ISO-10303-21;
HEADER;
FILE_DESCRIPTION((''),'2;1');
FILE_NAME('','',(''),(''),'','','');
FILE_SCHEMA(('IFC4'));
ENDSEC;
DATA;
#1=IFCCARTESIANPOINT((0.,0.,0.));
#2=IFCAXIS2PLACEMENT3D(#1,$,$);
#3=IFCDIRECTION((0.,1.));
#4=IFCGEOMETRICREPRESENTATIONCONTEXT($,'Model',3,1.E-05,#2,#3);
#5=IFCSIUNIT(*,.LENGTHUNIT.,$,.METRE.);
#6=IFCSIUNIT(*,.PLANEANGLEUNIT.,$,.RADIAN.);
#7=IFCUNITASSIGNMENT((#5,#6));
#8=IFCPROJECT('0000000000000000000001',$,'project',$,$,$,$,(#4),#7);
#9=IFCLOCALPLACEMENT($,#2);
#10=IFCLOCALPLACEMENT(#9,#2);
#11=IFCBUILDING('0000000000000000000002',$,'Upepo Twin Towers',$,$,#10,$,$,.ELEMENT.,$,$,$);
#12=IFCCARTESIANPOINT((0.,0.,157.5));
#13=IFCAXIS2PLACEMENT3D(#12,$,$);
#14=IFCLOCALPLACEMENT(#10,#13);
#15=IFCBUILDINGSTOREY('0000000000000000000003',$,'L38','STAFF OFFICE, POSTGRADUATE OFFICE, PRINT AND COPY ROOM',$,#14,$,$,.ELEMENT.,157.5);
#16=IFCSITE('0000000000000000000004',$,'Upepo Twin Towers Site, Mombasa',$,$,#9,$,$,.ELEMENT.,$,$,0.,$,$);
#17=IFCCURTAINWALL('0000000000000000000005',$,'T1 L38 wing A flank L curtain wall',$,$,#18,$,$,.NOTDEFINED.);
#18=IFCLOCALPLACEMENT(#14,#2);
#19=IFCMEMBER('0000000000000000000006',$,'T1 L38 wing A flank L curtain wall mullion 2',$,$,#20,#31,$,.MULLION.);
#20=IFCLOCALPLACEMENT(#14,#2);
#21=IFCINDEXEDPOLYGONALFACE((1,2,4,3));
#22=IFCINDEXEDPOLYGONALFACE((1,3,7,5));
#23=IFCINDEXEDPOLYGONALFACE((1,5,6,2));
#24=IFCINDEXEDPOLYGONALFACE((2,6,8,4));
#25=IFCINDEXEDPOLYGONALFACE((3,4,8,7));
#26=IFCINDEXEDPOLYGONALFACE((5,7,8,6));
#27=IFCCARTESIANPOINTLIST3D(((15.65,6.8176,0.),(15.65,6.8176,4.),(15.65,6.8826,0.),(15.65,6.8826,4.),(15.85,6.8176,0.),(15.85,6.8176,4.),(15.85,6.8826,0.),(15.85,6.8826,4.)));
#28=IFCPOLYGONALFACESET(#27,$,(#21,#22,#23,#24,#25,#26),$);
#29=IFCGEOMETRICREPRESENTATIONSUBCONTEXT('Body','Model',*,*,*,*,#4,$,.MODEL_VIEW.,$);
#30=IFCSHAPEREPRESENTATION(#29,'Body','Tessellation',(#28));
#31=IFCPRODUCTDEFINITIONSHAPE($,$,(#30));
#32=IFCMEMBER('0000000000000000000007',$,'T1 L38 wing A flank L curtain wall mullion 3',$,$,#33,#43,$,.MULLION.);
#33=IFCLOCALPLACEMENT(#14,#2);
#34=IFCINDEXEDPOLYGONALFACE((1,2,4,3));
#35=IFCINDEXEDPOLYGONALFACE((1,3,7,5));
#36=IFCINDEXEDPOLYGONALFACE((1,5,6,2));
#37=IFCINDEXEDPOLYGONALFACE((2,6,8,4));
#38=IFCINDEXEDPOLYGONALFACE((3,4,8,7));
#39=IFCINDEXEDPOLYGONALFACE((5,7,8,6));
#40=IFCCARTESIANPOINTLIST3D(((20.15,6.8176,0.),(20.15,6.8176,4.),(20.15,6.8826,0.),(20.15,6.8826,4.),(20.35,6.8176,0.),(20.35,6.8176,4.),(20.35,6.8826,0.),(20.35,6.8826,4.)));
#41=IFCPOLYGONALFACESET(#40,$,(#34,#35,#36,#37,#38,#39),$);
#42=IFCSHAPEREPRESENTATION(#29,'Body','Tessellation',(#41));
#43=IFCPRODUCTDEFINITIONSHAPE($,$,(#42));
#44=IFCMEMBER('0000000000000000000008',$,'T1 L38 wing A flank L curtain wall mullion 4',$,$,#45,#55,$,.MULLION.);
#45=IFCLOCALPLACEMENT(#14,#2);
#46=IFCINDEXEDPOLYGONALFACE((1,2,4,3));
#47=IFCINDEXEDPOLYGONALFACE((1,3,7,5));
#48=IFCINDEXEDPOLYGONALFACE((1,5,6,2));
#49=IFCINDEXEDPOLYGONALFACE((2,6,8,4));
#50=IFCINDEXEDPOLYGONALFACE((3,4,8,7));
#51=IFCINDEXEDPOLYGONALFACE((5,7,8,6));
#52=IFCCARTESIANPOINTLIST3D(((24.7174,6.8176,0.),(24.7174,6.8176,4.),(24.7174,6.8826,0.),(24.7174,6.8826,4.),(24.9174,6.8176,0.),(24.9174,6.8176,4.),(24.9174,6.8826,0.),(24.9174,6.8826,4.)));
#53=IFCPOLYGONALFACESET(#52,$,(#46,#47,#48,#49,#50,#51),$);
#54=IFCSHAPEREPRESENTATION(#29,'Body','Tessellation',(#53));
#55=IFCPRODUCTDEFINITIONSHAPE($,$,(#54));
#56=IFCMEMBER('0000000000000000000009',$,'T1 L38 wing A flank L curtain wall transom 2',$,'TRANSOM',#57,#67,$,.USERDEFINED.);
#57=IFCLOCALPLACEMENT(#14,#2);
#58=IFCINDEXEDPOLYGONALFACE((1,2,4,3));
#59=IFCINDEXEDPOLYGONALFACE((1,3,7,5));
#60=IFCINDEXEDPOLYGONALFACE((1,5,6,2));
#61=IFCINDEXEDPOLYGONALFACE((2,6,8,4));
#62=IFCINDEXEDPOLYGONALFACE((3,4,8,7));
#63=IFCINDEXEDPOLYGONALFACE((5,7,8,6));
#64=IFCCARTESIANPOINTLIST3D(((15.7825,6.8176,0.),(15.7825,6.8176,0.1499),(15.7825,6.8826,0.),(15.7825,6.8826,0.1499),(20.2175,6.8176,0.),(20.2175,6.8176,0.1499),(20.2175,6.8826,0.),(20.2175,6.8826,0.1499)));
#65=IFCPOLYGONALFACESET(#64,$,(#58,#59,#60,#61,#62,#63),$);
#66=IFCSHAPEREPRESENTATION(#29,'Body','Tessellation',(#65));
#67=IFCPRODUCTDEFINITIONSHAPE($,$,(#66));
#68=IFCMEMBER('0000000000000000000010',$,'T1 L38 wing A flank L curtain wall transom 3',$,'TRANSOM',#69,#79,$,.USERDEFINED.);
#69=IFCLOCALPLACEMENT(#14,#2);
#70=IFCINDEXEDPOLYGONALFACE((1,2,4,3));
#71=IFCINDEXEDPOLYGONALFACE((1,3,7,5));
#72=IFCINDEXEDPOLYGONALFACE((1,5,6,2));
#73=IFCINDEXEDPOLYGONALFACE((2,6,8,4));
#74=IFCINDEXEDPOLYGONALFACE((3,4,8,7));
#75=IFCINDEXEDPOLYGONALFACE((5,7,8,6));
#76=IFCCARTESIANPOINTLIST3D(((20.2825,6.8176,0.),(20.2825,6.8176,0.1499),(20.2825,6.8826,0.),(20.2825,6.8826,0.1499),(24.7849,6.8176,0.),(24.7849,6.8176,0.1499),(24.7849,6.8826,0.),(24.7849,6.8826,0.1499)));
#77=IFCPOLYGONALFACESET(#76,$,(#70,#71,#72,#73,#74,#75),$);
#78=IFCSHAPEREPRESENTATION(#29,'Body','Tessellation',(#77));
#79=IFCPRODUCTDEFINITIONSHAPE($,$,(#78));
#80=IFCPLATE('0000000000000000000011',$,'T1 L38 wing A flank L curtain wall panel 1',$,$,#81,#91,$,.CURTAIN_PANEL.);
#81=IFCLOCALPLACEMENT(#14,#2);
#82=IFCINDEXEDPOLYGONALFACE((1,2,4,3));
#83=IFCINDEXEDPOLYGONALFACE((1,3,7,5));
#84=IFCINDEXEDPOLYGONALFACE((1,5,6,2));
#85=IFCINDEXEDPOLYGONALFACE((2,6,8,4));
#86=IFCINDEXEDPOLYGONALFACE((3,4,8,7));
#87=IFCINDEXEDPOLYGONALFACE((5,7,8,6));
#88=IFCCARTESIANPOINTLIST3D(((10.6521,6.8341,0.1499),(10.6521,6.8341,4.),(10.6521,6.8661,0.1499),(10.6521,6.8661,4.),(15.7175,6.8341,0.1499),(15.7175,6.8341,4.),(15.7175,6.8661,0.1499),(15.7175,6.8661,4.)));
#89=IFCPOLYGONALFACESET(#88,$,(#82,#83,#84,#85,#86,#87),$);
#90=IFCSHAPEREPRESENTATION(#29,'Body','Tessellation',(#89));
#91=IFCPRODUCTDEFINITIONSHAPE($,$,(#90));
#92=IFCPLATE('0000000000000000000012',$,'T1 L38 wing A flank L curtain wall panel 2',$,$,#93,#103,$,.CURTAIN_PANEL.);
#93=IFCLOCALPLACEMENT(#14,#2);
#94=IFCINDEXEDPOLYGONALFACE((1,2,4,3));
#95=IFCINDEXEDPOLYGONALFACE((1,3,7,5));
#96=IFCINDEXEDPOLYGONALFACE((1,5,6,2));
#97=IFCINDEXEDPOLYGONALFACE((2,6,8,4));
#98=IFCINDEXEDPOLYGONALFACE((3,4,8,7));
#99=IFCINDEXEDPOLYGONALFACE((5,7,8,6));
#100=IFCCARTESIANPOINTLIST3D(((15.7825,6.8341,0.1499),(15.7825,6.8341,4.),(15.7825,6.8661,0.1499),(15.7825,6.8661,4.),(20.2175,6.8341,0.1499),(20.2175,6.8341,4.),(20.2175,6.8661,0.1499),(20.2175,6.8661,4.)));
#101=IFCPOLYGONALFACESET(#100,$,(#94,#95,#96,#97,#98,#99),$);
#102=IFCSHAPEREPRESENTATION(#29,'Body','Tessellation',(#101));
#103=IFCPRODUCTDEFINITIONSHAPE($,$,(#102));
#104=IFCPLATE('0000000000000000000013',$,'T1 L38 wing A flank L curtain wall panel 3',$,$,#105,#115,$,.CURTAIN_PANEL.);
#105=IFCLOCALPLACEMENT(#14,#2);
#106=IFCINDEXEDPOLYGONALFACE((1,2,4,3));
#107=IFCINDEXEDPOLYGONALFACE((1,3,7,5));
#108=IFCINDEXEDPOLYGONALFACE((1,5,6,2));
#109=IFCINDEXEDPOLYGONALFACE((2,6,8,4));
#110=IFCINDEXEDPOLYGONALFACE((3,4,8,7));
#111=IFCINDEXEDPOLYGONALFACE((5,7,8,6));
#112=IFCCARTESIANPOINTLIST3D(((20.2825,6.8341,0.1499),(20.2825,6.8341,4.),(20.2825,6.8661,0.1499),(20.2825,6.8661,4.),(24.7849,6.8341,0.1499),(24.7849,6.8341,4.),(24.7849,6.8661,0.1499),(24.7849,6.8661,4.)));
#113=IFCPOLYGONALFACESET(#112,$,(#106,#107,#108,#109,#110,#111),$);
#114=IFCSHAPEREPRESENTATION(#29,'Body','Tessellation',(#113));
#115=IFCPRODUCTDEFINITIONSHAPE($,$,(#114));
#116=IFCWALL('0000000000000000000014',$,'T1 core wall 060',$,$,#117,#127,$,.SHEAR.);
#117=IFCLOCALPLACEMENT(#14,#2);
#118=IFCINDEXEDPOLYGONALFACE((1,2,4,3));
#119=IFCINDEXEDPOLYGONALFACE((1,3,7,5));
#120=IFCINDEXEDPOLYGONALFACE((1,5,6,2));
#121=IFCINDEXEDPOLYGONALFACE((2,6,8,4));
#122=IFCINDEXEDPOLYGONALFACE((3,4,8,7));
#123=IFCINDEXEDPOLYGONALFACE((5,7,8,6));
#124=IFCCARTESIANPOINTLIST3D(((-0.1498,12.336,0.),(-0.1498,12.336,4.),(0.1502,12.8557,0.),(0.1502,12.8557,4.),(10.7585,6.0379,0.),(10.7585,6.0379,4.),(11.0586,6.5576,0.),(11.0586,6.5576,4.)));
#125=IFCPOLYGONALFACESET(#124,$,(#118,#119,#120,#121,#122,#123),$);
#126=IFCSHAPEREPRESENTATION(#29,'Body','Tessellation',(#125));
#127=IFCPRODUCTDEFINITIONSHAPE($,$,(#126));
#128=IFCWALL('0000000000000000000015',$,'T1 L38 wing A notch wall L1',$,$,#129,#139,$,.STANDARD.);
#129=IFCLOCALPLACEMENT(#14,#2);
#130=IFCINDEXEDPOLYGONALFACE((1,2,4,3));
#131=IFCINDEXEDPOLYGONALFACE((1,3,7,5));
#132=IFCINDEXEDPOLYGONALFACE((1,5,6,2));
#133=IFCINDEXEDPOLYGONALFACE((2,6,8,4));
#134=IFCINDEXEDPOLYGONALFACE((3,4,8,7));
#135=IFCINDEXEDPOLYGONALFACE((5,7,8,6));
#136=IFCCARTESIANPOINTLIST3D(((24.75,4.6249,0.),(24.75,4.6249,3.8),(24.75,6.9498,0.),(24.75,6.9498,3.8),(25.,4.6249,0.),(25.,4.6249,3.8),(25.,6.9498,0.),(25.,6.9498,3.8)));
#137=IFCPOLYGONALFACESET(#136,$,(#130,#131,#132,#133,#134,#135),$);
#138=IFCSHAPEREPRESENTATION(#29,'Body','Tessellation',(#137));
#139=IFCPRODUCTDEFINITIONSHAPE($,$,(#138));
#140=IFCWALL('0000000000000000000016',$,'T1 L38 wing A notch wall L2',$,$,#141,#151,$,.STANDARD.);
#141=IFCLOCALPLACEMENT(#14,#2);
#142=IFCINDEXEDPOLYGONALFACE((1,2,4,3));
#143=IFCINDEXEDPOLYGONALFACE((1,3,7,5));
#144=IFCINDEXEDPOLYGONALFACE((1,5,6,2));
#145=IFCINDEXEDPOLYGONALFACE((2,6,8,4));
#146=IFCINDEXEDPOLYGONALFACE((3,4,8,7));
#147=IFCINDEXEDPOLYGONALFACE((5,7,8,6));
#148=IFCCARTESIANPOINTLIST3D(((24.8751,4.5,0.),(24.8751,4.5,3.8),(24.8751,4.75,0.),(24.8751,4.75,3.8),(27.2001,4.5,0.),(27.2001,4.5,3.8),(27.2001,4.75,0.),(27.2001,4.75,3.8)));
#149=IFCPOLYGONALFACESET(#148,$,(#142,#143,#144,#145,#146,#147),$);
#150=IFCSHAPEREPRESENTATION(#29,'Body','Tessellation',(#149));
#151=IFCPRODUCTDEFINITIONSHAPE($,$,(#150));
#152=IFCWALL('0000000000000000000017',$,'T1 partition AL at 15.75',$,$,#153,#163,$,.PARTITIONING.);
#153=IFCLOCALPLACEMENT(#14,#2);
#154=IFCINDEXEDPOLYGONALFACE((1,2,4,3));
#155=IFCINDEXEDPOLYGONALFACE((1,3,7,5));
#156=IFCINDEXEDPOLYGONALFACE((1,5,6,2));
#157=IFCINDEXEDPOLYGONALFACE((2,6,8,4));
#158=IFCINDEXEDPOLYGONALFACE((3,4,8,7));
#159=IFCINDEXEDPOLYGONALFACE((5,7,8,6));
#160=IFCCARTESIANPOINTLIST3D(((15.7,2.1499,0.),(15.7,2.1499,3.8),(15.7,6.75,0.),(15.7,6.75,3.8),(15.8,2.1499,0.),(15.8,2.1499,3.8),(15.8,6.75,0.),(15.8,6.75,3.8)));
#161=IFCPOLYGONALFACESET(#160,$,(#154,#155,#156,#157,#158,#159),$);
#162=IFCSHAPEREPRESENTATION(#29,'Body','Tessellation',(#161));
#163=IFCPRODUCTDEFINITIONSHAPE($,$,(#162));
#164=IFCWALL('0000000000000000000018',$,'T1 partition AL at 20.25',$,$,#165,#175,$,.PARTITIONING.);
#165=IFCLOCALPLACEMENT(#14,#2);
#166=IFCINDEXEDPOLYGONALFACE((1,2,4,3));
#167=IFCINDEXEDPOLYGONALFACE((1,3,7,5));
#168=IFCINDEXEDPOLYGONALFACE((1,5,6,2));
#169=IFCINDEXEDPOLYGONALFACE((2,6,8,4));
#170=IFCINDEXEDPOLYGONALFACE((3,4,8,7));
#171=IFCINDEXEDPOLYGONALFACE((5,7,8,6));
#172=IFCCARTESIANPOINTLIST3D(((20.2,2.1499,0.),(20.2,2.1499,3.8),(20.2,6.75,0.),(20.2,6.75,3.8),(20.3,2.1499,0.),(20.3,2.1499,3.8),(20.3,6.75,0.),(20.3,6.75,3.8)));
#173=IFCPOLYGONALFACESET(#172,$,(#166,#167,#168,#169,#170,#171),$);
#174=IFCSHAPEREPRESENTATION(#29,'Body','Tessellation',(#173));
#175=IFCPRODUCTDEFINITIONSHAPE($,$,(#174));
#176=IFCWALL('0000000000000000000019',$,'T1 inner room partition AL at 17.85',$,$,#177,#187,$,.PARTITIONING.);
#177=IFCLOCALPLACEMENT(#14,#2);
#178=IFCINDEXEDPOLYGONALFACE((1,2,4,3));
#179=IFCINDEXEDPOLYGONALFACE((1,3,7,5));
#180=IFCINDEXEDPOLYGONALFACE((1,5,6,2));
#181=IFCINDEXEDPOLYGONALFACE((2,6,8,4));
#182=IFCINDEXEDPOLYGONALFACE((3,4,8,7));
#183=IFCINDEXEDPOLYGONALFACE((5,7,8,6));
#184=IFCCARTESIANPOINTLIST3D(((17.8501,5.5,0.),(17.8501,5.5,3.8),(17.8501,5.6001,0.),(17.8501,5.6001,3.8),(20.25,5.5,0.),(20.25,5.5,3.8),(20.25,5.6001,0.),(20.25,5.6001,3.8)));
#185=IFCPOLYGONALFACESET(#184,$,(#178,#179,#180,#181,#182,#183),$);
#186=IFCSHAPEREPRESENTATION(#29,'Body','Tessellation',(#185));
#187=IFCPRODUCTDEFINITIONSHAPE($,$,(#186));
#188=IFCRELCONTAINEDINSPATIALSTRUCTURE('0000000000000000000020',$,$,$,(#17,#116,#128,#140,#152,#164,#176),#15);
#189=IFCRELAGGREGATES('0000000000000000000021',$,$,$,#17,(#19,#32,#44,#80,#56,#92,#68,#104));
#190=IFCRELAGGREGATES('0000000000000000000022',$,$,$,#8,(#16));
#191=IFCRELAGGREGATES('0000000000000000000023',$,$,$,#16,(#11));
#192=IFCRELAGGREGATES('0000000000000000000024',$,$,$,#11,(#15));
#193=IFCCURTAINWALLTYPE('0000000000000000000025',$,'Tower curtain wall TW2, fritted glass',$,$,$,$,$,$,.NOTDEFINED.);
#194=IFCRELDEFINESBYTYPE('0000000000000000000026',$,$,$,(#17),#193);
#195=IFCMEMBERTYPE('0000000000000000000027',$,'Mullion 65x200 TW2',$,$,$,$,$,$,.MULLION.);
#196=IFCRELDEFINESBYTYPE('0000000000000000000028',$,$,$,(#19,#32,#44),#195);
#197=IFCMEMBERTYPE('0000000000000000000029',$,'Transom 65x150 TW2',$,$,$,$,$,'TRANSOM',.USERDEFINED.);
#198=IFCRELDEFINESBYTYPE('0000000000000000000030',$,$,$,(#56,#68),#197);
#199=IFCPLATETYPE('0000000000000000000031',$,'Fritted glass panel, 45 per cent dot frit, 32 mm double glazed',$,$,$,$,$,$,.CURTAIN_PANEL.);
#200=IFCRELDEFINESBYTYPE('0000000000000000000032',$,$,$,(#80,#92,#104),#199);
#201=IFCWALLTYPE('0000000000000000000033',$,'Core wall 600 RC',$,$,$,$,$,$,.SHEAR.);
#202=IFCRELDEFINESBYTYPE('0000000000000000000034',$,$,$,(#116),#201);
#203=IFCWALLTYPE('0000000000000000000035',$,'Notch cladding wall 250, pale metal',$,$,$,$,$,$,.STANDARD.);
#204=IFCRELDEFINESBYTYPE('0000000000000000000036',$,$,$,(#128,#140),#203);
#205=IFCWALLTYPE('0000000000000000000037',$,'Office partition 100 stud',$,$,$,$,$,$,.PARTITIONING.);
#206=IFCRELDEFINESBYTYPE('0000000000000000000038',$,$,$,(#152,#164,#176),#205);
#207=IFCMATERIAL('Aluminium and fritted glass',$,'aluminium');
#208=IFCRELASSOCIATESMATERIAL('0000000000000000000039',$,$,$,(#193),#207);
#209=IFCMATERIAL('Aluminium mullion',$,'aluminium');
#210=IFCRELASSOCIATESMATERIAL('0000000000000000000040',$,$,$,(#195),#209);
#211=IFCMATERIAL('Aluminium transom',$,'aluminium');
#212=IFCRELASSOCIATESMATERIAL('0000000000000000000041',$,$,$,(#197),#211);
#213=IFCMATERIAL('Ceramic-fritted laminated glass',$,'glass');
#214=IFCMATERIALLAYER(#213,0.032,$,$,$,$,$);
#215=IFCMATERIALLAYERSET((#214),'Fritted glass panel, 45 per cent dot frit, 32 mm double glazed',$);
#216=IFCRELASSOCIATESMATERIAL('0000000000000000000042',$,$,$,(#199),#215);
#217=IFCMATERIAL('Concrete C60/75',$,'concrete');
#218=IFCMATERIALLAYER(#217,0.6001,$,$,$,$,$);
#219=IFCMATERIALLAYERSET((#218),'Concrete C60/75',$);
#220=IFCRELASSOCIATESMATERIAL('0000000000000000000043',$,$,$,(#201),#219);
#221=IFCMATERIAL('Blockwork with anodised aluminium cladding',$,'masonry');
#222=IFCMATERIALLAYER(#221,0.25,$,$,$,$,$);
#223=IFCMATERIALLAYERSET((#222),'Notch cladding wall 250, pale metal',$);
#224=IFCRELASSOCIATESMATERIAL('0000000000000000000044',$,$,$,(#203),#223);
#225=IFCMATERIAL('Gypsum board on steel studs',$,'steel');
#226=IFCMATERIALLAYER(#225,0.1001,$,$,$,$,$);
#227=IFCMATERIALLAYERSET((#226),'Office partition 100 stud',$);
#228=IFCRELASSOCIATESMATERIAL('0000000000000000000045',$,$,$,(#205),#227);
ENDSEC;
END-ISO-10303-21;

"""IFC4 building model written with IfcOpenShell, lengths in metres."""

from ifc_helpers import new_model, si_unit, direction, frame, frame_2d, origin, origin_2d, place, context, subcontext, project, spatial, rectangle, extrude, material, layer, layer_set, material_profile, profile_set, type_object, element, aggregate, save


model = new_model("IFC4")

# Units and contexts
model_context = context("Model", 3, precision=1e-05, world=origin(), true_north=direction((0.0, 1.0)))
body_context = subcontext(model_context, "Body", "Model", "MODEL_VIEW")
ifc_project = project(units=[si_unit("LENGTHUNIT", "METRE"), si_unit("PLANEANGLEUNIT", "RADIAN")], contexts=[model_context])

# Site, building, storey
site_placement = place(None, origin())
site = spatial("IfcSite", under=ifc_project, at=site_placement, Name="Upepo Twin Towers Site, Mombasa", CompositionType="ELEMENT", RefElevation=0.0)
building_placement = place(site_placement, origin())
building = spatial("IfcBuilding", under=site, at=building_placement, Name="Upepo Twin Towers", CompositionType="ELEMENT")
storey_placement = place(building_placement, frame((0.0, 0.0, 157.5)))
storey = spatial("IfcBuildingStorey", under=building, at=storey_placement, Name="L38", Description="STAFF OFFICE, POSTGRADUATE OFFICE, PRINT AND COPY ROOM", CompositionType="ELEMENT", Elevation=157.5)

# Curtain wall, members, plates
ifc_material_1 = material(Name="Aluminium and fritted glass", Category="aluminium")
curtain_wall_type = type_object("IfcCurtainWallType", Name="Tower curtain wall TW2, fritted glass", PredefinedType="NOTDEFINED", material=ifc_material_1)
curtain_wall_placement = place(storey_placement, origin())
curtain_wall = element("IfcCurtainWall", 1, at=curtain_wall_placement, inside=storey, type_object=curtain_wall_type, Name="T1 L38 wing A flank L curtain wall", PredefinedType="NOTDEFINED")
ifc_material_2 = material(Name="Aluminium mullion", Category="aluminium")
ifc_material_profile_1 = material_profile(ifc_material_2, rectangle(XDim=0.0649, YDim=0.2, at=origin_2d()), Name="MULLION 65x200")
ifc_profile_set_1 = profile_set([ifc_material_profile_1], Name="Aluminium mullion")
member_type_1 = type_object("IfcMemberType", Name="Mullion 65x200 TW2", PredefinedType="MULLION", material=ifc_profile_set_1)
member_1_placement = place(storey_placement, frame((15.75, 6.8501, 0.0), z_axis=(0.0, 0.0, 1.0), x_axis=(0.0, 1.0, 0.0)))
member_1 = element("IfcMember", 2, at=member_1_placement, type_object=member_type_1, Name="T1 L38 wing A flank L curtain wall mullion 2", PredefinedType="MULLION", context=body_context, shape_type="SweptSolid", body=[
    extrude(rectangle(XDim=0.0649, YDim=0.2, at=origin_2d()), origin(), (0.0, 0.0, 1.0), 4.0),
])
member_2_placement = place(storey_placement, frame((20.25, 6.8501, 0.0), z_axis=(0.0, 0.0, 1.0), x_axis=(0.0, 1.0, 0.0)))
member_2 = element("IfcMember", 3, at=member_2_placement, type_object=member_type_1, Name="T1 L38 wing A flank L curtain wall mullion 3", PredefinedType="MULLION", context=body_context, shape_type="SweptSolid", body=[
    extrude(rectangle(XDim=0.0649, YDim=0.2, at=origin_2d()), origin(), (0.0, 0.0, 1.0), 4.0),
])
member_3_placement = place(storey_placement, frame((24.8174, 6.8501, 0.0), z_axis=(0.0, 0.0, 1.0), x_axis=(0.0, 1.0, 0.0)))
member_3 = element("IfcMember", 4, at=member_3_placement, type_object=member_type_1, Name="T1 L38 wing A flank L curtain wall mullion 4", PredefinedType="MULLION", context=body_context, shape_type="SweptSolid", body=[
    extrude(rectangle(XDim=0.0649, YDim=0.2, at=origin_2d()), origin(), (0.0, 0.0, 1.0), 4.0),
])
ifc_material_3 = material(Name="Aluminium transom", Category="aluminium")
ifc_material_profile_2 = material_profile(ifc_material_3, rectangle(XDim=0.0649, YDim=0.1499, at=origin_2d()), Name="TRANSOM 65x150")
ifc_profile_set_2 = profile_set([ifc_material_profile_2], Name="Aluminium transom")
member_type_2 = type_object("IfcMemberType", Name="Transom 65x150 TW2", ElementType="TRANSOM", PredefinedType="USERDEFINED", material=ifc_profile_set_2)
member_4_placement = place(storey_placement, frame((15.7825, 6.8501, 0.075), z_axis=(1.0, 0.0, 0.0), x_axis=(0.0, 1.0, 0.0)))
member_4 = element("IfcMember", 5, at=member_4_placement, type_object=member_type_2, Name="T1 L38 wing A flank L curtain wall transom 2", ObjectType="TRANSOM", PredefinedType="USERDEFINED", context=body_context, shape_type="SweptSolid", body=[
    extrude(rectangle(XDim=0.0649, YDim=0.1499, at=origin_2d()), origin(), (0.0, 0.0, 1.0), 4.4351),
])
member_5_placement = place(storey_placement, frame((20.2825, 6.8501, 0.075), z_axis=(1.0, 0.0, 0.0), x_axis=(0.0, 1.0, 0.0)))
member_5 = element("IfcMember", 6, at=member_5_placement, type_object=member_type_2, Name="T1 L38 wing A flank L curtain wall transom 3", ObjectType="TRANSOM", PredefinedType="USERDEFINED", context=body_context, shape_type="SweptSolid", body=[
    extrude(rectangle(XDim=0.0649, YDim=0.1499, at=origin_2d()), origin(), (0.0, 0.0, 1.0), 4.5024),
])
ifc_material_4 = material(Name="Ceramic-fritted laminated glass", Category="glass")
ifc_layer_1 = layer(ifc_material_4, 0.032)
ifc_layer_set_1 = layer_set([ifc_layer_1], Name="Fritted glass panel, 45 per cent dot frit, 32 mm double glazed")
plate_type = type_object("IfcPlateType", Name="Fritted glass panel, 45 per cent dot frit, 32 mm double glazed", PredefinedType="CURTAIN_PANEL", material=ifc_layer_set_1)
plate_1_placement = place(storey_placement, frame((13.1848, 6.8501, 0.1499), z_axis=(0.0, 0.0, 1.0), x_axis=(1.0, 0.0, 0.0)))
plate_1 = element("IfcPlate", 7, at=plate_1_placement, type_object=plate_type, Name="T1 L38 wing A flank L curtain wall panel 1", PredefinedType="CURTAIN_PANEL", context=body_context, shape_type="SweptSolid", body=[
    extrude(rectangle(XDim=5.0654, YDim=0.032, at=origin_2d()), origin(), (0.0, 0.0, 1.0), 3.8501),
])
plate_2_placement = place(storey_placement, frame((18.0, 6.8501, 0.1499), z_axis=(0.0, 0.0, 1.0), x_axis=(1.0, 0.0, 0.0)))
plate_2 = element("IfcPlate", 8, at=plate_2_placement, type_object=plate_type, Name="T1 L38 wing A flank L curtain wall panel 2", PredefinedType="CURTAIN_PANEL", context=body_context, shape_type="SweptSolid", body=[
    extrude(rectangle(XDim=4.4351, YDim=0.032, at=origin_2d()), origin(), (0.0, 0.0, 1.0), 3.8501),
])
plate_3_placement = place(storey_placement, frame((22.5337, 6.8501, 0.1499), z_axis=(0.0, 0.0, 1.0), x_axis=(1.0, 0.0, 0.0)))
plate_3 = element("IfcPlate", 9, at=plate_3_placement, type_object=plate_type, Name="T1 L38 wing A flank L curtain wall panel 3", PredefinedType="CURTAIN_PANEL", context=body_context, shape_type="SweptSolid", body=[
    extrude(rectangle(XDim=4.5024, YDim=0.032, at=origin_2d()), origin(), (0.0, 0.0, 1.0), 3.8501),
])
aggregate(curtain_wall, [member_1, member_2, member_3, plate_1, member_4, plate_2, member_5, plate_3])

# Walls
ifc_material_5 = material(Name="Concrete C60/75", Category="concrete")
ifc_layer_2 = layer(ifc_material_5, 0.6001)
ifc_layer_set_2 = layer_set([ifc_layer_2], Name="Concrete C60/75")
wall_type_1 = type_object("IfcWallType", Name="Core wall 600 RC", PredefinedType="SHEAR", material=ifc_layer_set_2)
wall_1_placement = place(storey_placement, frame((10.9084, 6.2979, 0.0), z_axis=(0.0, 0.0, 1.0), x_axis=(-0.866022, 0.500006, 0.0)))
element("IfcWall", 10, at=wall_1_placement, inside=storey, type_object=wall_type_1, Name="T1 core wall 060", PredefinedType="SHEAR", context=body_context, shape_type="SweptSolid", body=[
    extrude(rectangle(XDim=12.5959, YDim=0.6001, at=frame_2d((6.2979, 0.0))), origin(), (0.0, 0.0, 1.0), 4.0),
])
ifc_material_6 = material(Name="Blockwork with anodised aluminium cladding", Category="masonry")
ifc_layer_3 = layer(ifc_material_6, 0.25)
ifc_layer_set_3 = layer_set([ifc_layer_3], Name="Notch cladding wall 250, pale metal")
wall_type_2 = type_object("IfcWallType", Name="Notch cladding wall 250, pale metal", PredefinedType="STANDARD", material=ifc_layer_set_3)
for number, where, z_axis, x_axis, name in (
    (11, (24.875, 6.95, 0.0), (0.0, 0.0, 1.0), (0.0, -1.0, 0.0), "T1 L38 wing A notch wall L1"),
    (12, (24.875, 4.625, 0.0), (0.0, 0.0, 1.0), (1.0, 0.0, 0.0), "T1 L38 wing A notch wall L2"),
):
    element("IfcWall", number, at=place(storey_placement, frame(where, z_axis=z_axis, x_axis=x_axis)), inside=storey, type_object=wall_type_2, Name=name, PredefinedType="STANDARD", context=body_context, shape_type="SweptSolid", body=[
        extrude(rectangle(XDim=2.325, YDim=0.25, at=frame_2d((1.1626, 0.0))), origin(), (0.0, 0.0, 1.0), 3.8),
    ])
ifc_material_7 = material(Name="Gypsum board on steel studs", Category="steel")
ifc_layer_4 = layer(ifc_material_7, 0.1001)
ifc_layer_set_4 = layer_set([ifc_layer_4], Name="Office partition 100 stud")
wall_type_3 = type_object("IfcWallType", Name="Office partition 100 stud", PredefinedType="PARTITIONING", material=ifc_layer_set_4)
for number, where, z_axis, x_axis, name in (
    (13, (15.75, 2.1499, 0.0), (0.0, 0.0, 1.0), (0.0, 1.0, 0.0), "T1 partition AL at 15.75"),
    (14, (20.25, 2.1499, 0.0), (0.0, 0.0, 1.0), (0.0, 1.0, 0.0), "T1 partition AL at 20.25"),
):
    element("IfcWall", number, at=place(storey_placement, frame(where, z_axis=z_axis, x_axis=x_axis)), inside=storey, type_object=wall_type_3, Name=name, PredefinedType="PARTITIONING", context=body_context, shape_type="SweptSolid", body=[
        extrude(rectangle(XDim=4.6001, YDim=0.1001, at=frame_2d((2.3, 0.0))), origin(), (0.0, 0.0, 1.0), 3.8),
    ])
wall_2_placement = place(storey_placement, frame((17.8501, 5.55, 0.0), z_axis=(0.0, 0.0, 1.0), x_axis=(1.0, 0.0, 0.0)))
element("IfcWall", 15, at=wall_2_placement, inside=storey, type_object=wall_type_3, Name="T1 inner room partition AL at 17.85", PredefinedType="PARTITIONING", context=body_context, shape_type="SweptSolid", body=[
    extrude(rectangle(XDim=2.3999, YDim=0.1001, at=frame_2d((1.2, 0.0))), origin(), (0.0, 0.0, 1.0), 3.8),
])

save(model, "model.ifc")
